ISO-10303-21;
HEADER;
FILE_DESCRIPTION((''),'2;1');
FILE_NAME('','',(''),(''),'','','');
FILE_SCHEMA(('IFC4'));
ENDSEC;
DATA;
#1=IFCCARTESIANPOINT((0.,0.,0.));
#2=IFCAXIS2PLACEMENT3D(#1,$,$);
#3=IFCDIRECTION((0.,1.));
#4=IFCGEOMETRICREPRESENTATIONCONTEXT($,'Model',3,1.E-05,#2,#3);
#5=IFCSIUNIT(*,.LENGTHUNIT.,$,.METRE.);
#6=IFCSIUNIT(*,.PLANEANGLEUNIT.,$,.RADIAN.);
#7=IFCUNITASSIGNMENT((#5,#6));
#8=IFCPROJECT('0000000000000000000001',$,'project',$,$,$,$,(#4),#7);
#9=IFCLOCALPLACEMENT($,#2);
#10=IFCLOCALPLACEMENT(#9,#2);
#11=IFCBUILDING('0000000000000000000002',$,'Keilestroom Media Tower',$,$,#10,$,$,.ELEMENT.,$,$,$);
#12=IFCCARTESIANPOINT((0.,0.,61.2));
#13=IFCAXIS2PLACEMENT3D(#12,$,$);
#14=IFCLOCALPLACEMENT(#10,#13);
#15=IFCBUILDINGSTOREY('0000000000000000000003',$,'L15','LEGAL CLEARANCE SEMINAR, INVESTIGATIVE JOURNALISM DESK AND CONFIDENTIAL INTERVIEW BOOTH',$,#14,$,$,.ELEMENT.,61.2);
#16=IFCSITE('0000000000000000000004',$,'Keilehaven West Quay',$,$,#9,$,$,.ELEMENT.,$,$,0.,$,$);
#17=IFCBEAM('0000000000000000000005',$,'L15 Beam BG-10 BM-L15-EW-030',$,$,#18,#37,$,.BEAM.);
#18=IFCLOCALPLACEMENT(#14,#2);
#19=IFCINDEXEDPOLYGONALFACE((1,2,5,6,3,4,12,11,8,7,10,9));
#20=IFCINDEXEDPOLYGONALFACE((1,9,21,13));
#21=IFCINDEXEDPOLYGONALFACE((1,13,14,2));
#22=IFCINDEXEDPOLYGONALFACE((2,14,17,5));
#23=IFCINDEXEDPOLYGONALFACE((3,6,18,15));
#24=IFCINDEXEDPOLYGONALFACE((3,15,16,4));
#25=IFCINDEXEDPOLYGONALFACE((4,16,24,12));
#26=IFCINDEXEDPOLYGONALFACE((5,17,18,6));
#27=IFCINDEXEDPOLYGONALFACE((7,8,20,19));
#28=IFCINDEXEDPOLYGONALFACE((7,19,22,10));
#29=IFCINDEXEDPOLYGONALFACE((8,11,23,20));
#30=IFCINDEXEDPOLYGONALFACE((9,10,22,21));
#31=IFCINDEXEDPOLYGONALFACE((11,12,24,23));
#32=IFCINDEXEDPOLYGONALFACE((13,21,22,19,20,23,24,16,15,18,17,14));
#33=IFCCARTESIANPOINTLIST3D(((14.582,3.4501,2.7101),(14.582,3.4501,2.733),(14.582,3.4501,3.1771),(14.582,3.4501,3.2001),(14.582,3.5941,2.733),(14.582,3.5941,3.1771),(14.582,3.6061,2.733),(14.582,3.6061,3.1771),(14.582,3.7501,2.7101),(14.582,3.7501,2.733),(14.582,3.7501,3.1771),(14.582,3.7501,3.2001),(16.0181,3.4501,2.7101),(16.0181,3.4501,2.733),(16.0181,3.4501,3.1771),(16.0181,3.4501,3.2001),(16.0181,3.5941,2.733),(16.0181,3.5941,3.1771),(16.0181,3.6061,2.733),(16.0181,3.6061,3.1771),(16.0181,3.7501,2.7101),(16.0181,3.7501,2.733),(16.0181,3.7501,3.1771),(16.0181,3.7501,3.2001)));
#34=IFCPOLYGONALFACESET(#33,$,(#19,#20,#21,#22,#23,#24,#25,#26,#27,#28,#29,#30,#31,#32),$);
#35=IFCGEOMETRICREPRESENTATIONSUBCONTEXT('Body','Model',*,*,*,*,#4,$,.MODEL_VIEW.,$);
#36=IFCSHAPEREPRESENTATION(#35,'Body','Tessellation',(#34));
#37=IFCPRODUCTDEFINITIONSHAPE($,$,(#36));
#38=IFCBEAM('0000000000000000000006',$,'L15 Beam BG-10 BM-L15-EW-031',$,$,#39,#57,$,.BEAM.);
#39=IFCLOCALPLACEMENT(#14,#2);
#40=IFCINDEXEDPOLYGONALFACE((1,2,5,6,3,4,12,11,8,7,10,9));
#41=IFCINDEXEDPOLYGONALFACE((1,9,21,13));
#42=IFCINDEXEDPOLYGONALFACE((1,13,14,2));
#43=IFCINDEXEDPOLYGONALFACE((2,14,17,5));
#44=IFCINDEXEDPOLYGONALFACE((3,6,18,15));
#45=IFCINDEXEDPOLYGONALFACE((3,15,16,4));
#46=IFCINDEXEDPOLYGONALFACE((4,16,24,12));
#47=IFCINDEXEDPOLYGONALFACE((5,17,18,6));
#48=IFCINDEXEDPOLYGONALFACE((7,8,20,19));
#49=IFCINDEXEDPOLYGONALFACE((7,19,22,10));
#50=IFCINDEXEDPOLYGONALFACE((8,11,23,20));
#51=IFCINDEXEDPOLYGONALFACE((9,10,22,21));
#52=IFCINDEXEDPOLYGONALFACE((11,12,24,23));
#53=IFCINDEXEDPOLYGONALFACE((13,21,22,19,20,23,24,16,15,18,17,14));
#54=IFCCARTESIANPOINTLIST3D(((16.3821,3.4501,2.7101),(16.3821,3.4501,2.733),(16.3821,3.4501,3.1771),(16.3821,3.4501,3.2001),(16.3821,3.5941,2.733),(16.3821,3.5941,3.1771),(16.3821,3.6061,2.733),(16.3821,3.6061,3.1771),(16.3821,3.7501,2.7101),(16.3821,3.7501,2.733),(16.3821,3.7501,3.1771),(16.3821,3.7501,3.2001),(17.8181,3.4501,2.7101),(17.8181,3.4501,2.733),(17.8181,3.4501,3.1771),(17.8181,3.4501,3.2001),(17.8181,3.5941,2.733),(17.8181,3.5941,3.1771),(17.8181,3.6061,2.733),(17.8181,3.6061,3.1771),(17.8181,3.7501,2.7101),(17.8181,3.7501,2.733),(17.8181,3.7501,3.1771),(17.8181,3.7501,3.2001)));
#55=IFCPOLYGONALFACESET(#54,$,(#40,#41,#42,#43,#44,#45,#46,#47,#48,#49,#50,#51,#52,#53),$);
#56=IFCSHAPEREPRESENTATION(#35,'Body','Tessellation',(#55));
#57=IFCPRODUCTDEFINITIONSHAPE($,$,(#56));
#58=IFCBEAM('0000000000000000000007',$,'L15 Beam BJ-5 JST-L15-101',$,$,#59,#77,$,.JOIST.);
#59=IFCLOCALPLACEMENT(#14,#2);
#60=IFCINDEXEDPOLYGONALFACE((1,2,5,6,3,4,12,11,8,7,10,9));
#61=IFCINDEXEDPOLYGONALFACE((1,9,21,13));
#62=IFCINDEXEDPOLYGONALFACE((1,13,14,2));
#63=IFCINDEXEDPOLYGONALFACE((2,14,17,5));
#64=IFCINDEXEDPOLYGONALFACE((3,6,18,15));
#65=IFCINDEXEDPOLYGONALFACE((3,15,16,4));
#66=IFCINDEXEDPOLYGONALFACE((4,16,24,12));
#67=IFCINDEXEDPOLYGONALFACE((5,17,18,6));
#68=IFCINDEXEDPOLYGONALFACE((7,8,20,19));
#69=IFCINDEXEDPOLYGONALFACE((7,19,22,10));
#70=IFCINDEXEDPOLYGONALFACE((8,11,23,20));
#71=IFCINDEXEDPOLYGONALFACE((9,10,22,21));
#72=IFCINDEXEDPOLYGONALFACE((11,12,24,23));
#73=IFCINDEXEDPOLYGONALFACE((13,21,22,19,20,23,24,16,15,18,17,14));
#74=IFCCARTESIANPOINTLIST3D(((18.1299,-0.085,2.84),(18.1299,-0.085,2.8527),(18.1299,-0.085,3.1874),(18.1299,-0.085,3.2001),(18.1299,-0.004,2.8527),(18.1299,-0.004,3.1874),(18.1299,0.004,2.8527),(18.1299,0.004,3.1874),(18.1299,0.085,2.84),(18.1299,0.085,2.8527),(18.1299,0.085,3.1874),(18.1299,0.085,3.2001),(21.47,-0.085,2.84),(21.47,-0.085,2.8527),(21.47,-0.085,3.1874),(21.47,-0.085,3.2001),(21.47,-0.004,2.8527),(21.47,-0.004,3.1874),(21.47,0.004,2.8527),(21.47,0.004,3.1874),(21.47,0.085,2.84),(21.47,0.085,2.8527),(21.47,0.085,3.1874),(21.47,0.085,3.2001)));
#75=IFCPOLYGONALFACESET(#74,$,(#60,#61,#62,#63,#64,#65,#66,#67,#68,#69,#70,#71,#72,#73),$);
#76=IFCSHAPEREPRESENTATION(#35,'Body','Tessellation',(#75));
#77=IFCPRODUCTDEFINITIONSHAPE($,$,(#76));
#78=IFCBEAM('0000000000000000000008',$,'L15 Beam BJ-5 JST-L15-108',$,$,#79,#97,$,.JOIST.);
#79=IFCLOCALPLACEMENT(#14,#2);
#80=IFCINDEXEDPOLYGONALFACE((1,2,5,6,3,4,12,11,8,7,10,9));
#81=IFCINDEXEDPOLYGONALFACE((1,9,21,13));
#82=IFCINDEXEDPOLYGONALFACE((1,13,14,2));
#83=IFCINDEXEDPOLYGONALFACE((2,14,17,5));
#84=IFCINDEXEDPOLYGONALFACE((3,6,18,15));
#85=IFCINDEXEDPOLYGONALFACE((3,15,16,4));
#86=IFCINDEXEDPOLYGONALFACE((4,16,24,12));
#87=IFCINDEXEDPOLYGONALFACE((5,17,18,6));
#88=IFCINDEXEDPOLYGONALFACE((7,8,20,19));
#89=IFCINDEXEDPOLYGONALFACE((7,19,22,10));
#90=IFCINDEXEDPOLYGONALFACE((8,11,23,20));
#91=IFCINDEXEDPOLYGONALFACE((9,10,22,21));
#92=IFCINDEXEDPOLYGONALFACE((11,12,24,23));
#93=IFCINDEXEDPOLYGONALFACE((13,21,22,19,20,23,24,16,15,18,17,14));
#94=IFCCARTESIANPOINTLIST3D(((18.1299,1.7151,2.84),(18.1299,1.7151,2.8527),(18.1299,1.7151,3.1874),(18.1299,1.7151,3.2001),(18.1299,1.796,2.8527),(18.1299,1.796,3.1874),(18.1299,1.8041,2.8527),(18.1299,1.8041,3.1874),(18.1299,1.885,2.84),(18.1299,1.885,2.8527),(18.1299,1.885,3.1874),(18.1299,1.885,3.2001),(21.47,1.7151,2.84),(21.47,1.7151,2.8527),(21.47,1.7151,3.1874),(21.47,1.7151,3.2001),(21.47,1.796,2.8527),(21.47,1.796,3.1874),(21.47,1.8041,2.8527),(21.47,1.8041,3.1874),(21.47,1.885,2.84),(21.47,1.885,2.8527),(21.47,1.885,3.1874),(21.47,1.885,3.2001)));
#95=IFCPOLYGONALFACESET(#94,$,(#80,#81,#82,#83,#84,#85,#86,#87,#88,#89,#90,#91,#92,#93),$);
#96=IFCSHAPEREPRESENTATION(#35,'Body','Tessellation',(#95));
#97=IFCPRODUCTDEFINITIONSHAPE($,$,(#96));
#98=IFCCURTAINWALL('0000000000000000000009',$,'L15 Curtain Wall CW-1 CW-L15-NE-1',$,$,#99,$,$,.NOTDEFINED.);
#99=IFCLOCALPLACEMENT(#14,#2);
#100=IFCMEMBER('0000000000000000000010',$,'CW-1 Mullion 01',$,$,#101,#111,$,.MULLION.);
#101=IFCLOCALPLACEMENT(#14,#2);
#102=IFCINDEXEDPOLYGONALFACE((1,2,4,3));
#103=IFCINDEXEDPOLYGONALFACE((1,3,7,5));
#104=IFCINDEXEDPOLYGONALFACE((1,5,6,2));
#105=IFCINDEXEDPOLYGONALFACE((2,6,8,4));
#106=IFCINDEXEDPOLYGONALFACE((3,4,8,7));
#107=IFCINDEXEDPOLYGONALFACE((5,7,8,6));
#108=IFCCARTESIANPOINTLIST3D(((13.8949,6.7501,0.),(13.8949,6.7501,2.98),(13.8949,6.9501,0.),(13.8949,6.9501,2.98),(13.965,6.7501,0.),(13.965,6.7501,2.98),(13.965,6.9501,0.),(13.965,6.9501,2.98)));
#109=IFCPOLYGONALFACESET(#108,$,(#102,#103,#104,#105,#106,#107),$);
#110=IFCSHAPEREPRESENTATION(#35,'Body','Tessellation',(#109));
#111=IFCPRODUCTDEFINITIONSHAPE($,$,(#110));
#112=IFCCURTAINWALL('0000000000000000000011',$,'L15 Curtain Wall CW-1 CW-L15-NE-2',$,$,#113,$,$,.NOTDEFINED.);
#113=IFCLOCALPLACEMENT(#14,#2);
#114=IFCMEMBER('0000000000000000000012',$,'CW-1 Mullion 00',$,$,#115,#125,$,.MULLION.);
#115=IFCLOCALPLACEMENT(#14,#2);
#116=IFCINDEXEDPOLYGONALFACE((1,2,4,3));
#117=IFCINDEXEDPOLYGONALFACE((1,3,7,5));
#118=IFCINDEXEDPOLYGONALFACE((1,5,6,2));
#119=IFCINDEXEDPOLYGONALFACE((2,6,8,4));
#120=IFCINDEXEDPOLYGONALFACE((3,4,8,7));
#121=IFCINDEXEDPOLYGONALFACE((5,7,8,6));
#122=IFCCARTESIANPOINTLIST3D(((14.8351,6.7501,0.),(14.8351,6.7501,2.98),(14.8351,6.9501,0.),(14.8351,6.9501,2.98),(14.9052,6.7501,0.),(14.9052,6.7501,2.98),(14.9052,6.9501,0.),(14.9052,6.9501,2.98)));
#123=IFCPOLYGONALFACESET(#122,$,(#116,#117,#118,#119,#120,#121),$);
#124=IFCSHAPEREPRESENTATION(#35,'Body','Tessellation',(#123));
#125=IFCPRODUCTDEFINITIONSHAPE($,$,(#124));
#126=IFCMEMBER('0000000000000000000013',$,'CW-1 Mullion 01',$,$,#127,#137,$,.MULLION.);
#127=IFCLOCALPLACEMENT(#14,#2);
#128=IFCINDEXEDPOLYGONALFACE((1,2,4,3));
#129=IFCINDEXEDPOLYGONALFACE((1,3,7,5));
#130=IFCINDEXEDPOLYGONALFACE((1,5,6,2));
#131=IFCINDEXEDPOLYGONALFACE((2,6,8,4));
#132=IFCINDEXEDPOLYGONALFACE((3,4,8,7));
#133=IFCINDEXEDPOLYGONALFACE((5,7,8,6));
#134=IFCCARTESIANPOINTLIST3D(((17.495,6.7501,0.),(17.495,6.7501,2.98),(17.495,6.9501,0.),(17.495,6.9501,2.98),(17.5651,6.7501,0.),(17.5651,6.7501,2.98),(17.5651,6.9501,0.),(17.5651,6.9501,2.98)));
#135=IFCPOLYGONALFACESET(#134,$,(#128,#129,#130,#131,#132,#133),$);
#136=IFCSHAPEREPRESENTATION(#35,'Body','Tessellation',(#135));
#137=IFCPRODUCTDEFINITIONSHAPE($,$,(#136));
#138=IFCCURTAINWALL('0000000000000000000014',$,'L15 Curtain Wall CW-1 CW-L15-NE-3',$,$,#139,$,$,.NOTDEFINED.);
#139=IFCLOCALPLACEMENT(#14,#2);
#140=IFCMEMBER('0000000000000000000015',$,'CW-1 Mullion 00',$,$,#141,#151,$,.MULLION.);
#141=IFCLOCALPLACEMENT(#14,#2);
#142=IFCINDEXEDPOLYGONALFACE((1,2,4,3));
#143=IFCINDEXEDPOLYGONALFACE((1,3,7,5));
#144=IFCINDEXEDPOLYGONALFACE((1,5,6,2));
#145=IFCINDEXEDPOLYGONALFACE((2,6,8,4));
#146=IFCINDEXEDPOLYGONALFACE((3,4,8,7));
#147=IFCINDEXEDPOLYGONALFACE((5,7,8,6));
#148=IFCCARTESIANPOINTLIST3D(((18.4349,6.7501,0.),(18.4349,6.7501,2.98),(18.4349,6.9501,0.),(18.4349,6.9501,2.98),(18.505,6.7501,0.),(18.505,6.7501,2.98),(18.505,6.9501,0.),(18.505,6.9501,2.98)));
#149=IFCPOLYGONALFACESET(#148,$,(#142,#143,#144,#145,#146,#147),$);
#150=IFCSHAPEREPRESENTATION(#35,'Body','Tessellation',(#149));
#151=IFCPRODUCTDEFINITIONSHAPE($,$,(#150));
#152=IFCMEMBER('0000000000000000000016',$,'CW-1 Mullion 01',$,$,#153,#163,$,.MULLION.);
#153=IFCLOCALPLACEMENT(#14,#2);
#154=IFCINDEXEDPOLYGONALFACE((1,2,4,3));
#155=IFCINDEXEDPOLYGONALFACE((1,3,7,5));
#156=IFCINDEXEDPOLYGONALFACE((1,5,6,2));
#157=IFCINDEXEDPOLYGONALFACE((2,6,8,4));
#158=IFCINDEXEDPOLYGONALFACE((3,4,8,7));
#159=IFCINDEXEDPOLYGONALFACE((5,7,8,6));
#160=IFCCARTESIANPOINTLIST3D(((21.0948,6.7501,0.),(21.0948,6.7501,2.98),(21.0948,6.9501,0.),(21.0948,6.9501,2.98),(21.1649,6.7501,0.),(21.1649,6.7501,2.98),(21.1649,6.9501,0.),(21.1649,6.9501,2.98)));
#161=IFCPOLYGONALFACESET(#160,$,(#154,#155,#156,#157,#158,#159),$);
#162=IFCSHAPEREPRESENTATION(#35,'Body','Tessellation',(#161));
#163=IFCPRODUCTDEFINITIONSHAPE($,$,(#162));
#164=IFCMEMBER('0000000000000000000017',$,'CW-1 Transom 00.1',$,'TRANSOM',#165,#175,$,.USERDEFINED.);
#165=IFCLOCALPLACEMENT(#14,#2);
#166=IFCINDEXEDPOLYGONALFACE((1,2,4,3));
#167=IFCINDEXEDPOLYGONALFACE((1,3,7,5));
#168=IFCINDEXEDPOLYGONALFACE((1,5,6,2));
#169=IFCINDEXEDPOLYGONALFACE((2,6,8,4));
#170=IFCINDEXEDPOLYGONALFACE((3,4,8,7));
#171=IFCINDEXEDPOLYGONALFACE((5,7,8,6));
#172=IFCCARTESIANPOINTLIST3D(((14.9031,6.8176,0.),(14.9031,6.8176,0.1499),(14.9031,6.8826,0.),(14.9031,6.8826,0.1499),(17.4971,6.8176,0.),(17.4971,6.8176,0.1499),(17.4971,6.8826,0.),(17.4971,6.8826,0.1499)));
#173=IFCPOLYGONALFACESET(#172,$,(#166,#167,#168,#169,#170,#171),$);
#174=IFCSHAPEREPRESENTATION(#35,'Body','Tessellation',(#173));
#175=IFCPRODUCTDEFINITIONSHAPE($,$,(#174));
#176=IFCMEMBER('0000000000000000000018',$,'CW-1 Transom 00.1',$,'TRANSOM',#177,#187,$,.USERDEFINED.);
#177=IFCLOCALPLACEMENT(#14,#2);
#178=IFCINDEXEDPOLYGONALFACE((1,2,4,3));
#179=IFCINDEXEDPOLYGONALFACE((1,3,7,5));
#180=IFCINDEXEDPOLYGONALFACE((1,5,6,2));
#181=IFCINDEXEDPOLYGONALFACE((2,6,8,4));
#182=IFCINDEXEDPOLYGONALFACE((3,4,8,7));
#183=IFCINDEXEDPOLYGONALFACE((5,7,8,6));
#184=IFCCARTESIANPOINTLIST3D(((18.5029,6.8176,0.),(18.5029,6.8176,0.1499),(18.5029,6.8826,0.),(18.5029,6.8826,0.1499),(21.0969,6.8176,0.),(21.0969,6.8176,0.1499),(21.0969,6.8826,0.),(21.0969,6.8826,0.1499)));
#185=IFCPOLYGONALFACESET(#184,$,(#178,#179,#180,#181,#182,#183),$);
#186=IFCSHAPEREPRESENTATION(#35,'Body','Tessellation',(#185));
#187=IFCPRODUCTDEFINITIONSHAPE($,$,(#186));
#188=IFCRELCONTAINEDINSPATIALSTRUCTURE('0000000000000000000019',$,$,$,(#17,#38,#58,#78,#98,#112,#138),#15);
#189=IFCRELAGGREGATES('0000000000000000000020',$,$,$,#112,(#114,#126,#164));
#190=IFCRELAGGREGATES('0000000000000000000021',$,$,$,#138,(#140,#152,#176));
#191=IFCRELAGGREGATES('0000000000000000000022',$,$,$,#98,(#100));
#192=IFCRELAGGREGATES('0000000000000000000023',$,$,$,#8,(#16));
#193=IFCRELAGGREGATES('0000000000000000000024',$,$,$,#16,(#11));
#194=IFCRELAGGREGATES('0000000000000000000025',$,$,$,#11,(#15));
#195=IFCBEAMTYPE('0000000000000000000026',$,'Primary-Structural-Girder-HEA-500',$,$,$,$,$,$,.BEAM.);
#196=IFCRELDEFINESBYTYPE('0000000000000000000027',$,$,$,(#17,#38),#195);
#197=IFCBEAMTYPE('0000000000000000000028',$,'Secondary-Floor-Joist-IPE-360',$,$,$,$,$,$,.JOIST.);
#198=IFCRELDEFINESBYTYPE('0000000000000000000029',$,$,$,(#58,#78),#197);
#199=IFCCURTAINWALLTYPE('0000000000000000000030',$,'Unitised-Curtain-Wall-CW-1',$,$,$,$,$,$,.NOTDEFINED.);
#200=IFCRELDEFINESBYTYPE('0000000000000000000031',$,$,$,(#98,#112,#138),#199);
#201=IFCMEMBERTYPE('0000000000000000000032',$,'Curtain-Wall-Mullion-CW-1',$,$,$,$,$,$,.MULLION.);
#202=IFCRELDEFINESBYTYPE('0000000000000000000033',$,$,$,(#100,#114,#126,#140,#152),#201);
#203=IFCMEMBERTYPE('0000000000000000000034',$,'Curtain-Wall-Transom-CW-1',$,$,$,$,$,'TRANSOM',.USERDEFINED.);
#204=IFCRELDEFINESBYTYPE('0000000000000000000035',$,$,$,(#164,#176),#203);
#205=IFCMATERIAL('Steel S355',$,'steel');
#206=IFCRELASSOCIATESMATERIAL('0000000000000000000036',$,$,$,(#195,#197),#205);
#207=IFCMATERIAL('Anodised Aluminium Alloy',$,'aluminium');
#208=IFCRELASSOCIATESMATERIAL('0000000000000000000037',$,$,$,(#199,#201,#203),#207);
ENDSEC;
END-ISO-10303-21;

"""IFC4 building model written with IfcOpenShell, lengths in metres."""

from ifc_helpers import new_model, si_unit, direction, frame, origin, origin_2d, place, context, subcontext, project, spatial, rectangle, i_section, extrude, source, transform, mapped, material, material_profile, profile_set, type_object, element, aggregate, save


model = new_model("IFC4")

# Units and contexts
model_context = context("Model", 3, precision=1e-05, world=origin(), true_north=direction((0.0, 1.0)))
body_context = subcontext(model_context, "Body", "Model", "MODEL_VIEW")
ifc_project = project(units=[si_unit("LENGTHUNIT", "METRE"), si_unit("PLANEANGLEUNIT", "RADIAN")], contexts=[model_context])

# Site, building, storey
site_placement = place(None, origin())
site = spatial("IfcSite", under=ifc_project, at=site_placement, Name="Keilehaven West Quay", CompositionType="ELEMENT", RefElevation=0.0)
building_placement = place(site_placement, origin())
building = spatial("IfcBuilding", under=site, at=building_placement, Name="Keilestroom Media Tower", CompositionType="ELEMENT")
storey_placement = place(building_placement, frame((0.0, 0.0, 61.2)))
storey = spatial("IfcBuildingStorey", under=building, at=storey_placement, Name="L15", Description="LEGAL CLEARANCE SEMINAR, INVESTIGATIVE JOURNALISM DESK AND CONFIDENTIAL INTERVIEW BOOTH", CompositionType="ELEMENT", Elevation=61.2)

# Beams
ifc_material_1 = material(Name="Steel S355", Category="steel")
ifc_material_profile_1 = material_profile(ifc_material_1, i_section(OverallWidth=0.3, OverallDepth=0.49, WebThickness=0.012, FlangeThickness=0.0229, at=origin_2d()), Name="HEA 500")
ifc_profile_set_1 = profile_set([ifc_material_profile_1], Name="Steel S355")
beam_type_1 = type_object("IfcBeamType", Name="Primary-Structural-Girder-HEA-500", PredefinedType="BEAM", material=ifc_profile_set_1)
shared_shape_1 = source(origin(), body_context, "Body", "SweptSolid", [
    extrude(i_section(OverallWidth=0.3, OverallDepth=0.49, WebThickness=0.012, FlangeThickness=0.0229, at=origin_2d()), origin(), (0.0, 0.0, 1.0), 1.436),
])
for number, where, z_axis, x_axis, name in (
    (1, (14.582, 3.6001, 2.9551), (1.0, 0.0, 0.0), (0.0, 1.0, 0.0), "L15 Beam BG-10 BM-L15-EW-030"),
    (2, (16.3821, 3.6001, 2.9551), (1.0, 0.0, 0.0), (0.0, 1.0, 0.0), "L15 Beam BG-10 BM-L15-EW-031"),
):
    element("IfcBeam", number, at=place(storey_placement, frame(where, z_axis=z_axis, x_axis=x_axis)), inside=storey, type_object=beam_type_1, Name=name, PredefinedType="BEAM", context=body_context, shape_type="MappedRepresentation", body=[
        mapped(shared_shape_1, transform((0.0, 0.0, 0.0), x_axis=(1.0, 0.0, 0.0), y_axis=(0.0, 1.0, 0.0), z_axis=(0.0, 0.0, 1.0), scale=1.0)),
    ])
ifc_material_profile_2 = material_profile(ifc_material_1, i_section(OverallWidth=0.1699, OverallDepth=0.3601, WebThickness=0.0081, FlangeThickness=0.0127, at=origin_2d()), Name="IPE 360")
ifc_profile_set_2 = profile_set([ifc_material_profile_2], Name="Steel S355")
beam_type_2 = type_object("IfcBeamType", Name="Secondary-Floor-Joist-IPE-360", PredefinedType="JOIST", material=ifc_profile_set_2)
shared_shape_2 = source(origin(), body_context, "Body", "SweptSolid", [
    extrude(i_section(OverallWidth=0.1699, OverallDepth=0.3601, WebThickness=0.0081, FlangeThickness=0.0127, at=origin_2d()), origin(), (0.0, 0.0, 1.0), 3.3401),
])
for number, where, z_axis, x_axis, name in (
    (3, (18.1299, 0.0, 3.02), (1.0, 0.0, 0.0), (0.0, 1.0, 0.0), "L15 Beam BJ-5 JST-L15-101"),
    (4, (18.1299, 1.8, 3.02), (1.0, 0.0, 0.0), (0.0, 1.0, 0.0), "L15 Beam BJ-5 JST-L15-108"),
):
    element("IfcBeam", number, at=place(storey_placement, frame(where, z_axis=z_axis, x_axis=x_axis)), inside=storey, type_object=beam_type_2, Name=name, PredefinedType="JOIST", context=body_context, shape_type="MappedRepresentation", body=[
        mapped(shared_shape_2, transform((0.0, 0.0, 0.0), x_axis=(1.0, 0.0, 0.0), y_axis=(0.0, 1.0, 0.0), z_axis=(0.0, 0.0, 1.0), scale=1.0)),
    ])

# Curtain wall, member
ifc_material_2 = material(Name="Anodised Aluminium Alloy", Category="aluminium")
curtain_wall_type = type_object("IfcCurtainWallType", Name="Unitised-Curtain-Wall-CW-1", PredefinedType="NOTDEFINED", material=ifc_material_2)
curtain_wall_1_placement = place(storey_placement, origin())
curtain_wall_1 = element("IfcCurtainWall", 5, at=curtain_wall_1_placement, inside=storey, type_object=curtain_wall_type, Name="L15 Curtain Wall CW-1 CW-L15-NE-1", PredefinedType="NOTDEFINED")
ifc_material_profile_3 = material_profile(ifc_material_2, rectangle(XDim=0.0701, YDim=0.2, at=origin_2d()), Name="ALU MULLION 70x200")
ifc_profile_set_3 = profile_set([ifc_material_profile_3], Name="Anodised Aluminium Alloy")
member_type_1 = type_object("IfcMemberType", Name="Curtain-Wall-Mullion-CW-1", PredefinedType="MULLION", material=ifc_profile_set_3)
shared_shape_3 = source(origin(), body_context, "Body", "SweptSolid", [
    extrude(rectangle(XDim=0.0701, YDim=0.2, at=origin_2d()), origin(), (0.0, 0.0, 1.0), 2.98),
])
member_1_placement = place(storey_placement, frame((13.9299, 6.8501, 0.0), z_axis=(0.0, 0.0, 1.0), x_axis=(1.0, 0.0, 0.0)))
member_1 = element("IfcMember", 6, at=member_1_placement, type_object=member_type_1, Name="CW-1 Mullion 01", PredefinedType="MULLION", context=body_context, shape_type="MappedRepresentation", body=[
    mapped(shared_shape_3, transform((0.0, 0.0, 0.0), x_axis=(1.0, 0.0, 0.0), y_axis=(0.0, 1.0, 0.0), z_axis=(0.0, 0.0, 1.0), scale=1.0)),
])

# Curtain walls, members
curtain_wall_2_placement = place(storey_placement, origin())
curtain_wall_2 = element("IfcCurtainWall", 7, at=curtain_wall_2_placement, inside=storey, type_object=curtain_wall_type, Name="L15 Curtain Wall CW-1 CW-L15-NE-2", PredefinedType="NOTDEFINED")
member_2_placement = place(storey_placement, frame((14.8701, 6.8501, 0.0), z_axis=(0.0, 0.0, 1.0), x_axis=(1.0, 0.0, 0.0)))
member_2 = element("IfcMember", 8, at=member_2_placement, type_object=member_type_1, Name="CW-1 Mullion 00", PredefinedType="MULLION", context=body_context, shape_type="MappedRepresentation", body=[
    mapped(shared_shape_3, transform((0.0, 0.0, 0.0), x_axis=(1.0, 0.0, 0.0), y_axis=(0.0, 1.0, 0.0), z_axis=(0.0, 0.0, 1.0), scale=1.0)),
])
member_3_placement = place(storey_placement, frame((17.53, 6.8501, 0.0), z_axis=(0.0, 0.0, 1.0), x_axis=(1.0, 0.0, 0.0)))
member_3 = element("IfcMember", 9, at=member_3_placement, type_object=member_type_1, Name="CW-1 Mullion 01", PredefinedType="MULLION", context=body_context, shape_type="MappedRepresentation", body=[
    mapped(shared_shape_3, transform((0.0, 0.0, 0.0), x_axis=(1.0, 0.0, 0.0), y_axis=(0.0, 1.0, 0.0), z_axis=(0.0, 0.0, 1.0), scale=1.0)),
])
curtain_wall_3_placement = place(storey_placement, origin())
curtain_wall_3 = element("IfcCurtainWall", 10, at=curtain_wall_3_placement, inside=storey, type_object=curtain_wall_type, Name="L15 Curtain Wall CW-1 CW-L15-NE-3", PredefinedType="NOTDEFINED")
member_4_placement = place(storey_placement, frame((18.47, 6.8501, 0.0), z_axis=(0.0, 0.0, 1.0), x_axis=(1.0, 0.0, 0.0)))
member_4 = element("IfcMember", 11, at=member_4_placement, type_object=member_type_1, Name="CW-1 Mullion 00", PredefinedType="MULLION", context=body_context, shape_type="MappedRepresentation", body=[
    mapped(shared_shape_3, transform((0.0, 0.0, 0.0), x_axis=(1.0, 0.0, 0.0), y_axis=(0.0, 1.0, 0.0), z_axis=(0.0, 0.0, 1.0), scale=1.0)),
])
member_5_placement = place(storey_placement, frame((21.1299, 6.8501, 0.0), z_axis=(0.0, 0.0, 1.0), x_axis=(1.0, 0.0, 0.0)))
member_5 = element("IfcMember", 12, at=member_5_placement, type_object=member_type_1, Name="CW-1 Mullion 01", PredefinedType="MULLION", context=body_context, shape_type="MappedRepresentation", body=[
    mapped(shared_shape_3, transform((0.0, 0.0, 0.0), x_axis=(1.0, 0.0, 0.0), y_axis=(0.0, 1.0, 0.0), z_axis=(0.0, 0.0, 1.0), scale=1.0)),
])

# Members
ifc_material_profile_4 = material_profile(ifc_material_2, rectangle(XDim=0.0649, YDim=0.1499, at=origin_2d()), Name="ALU TRANSOM 65x150")
ifc_profile_set_4 = profile_set([ifc_material_profile_4], Name="Anodised Aluminium Alloy")
member_type_2 = type_object("IfcMemberType", Name="Curtain-Wall-Transom-CW-1", ElementType="TRANSOM", PredefinedType="USERDEFINED", material=ifc_profile_set_4)
shared_shape_4 = source(origin(), body_context, "Body", "SweptSolid", [
    extrude(rectangle(XDim=0.0649, YDim=0.1499, at=origin_2d()), origin(), (0.0, 0.0, 1.0), 2.594),
])
member_6_placement = place(storey_placement, frame((14.9031, 6.8501, 0.075), z_axis=(1.0, 0.0, 0.0), x_axis=(0.0, 1.0, 0.0)))
member_6 = element("IfcMember", 13, at=member_6_placement, type_object=member_type_2, Name="CW-1 Transom 00.1", ObjectType="TRANSOM", PredefinedType="USERDEFINED", context=body_context, shape_type="MappedRepresentation", body=[
    mapped(shared_shape_4, transform((0.0, 0.0, 0.0), x_axis=(1.0, 0.0, 0.0), y_axis=(0.0, 1.0, 0.0), z_axis=(0.0, 0.0, 1.0), scale=1.0)),
])
member_7_placement = place(storey_placement, frame((18.5029, 6.8501, 0.075), z_axis=(1.0, 0.0, 0.0), x_axis=(0.0, 1.0, 0.0)))
member_7 = element("IfcMember", 14, at=member_7_placement, type_object=member_type_2, Name="CW-1 Transom 00.1", ObjectType="TRANSOM", PredefinedType="USERDEFINED", context=body_context, shape_type="MappedRepresentation", body=[
    mapped(shared_shape_4, transform((0.0, 0.0, 0.0), x_axis=(1.0, 0.0, 0.0), y_axis=(0.0, 1.0, 0.0), z_axis=(0.0, 0.0, 1.0), scale=1.0)),
])

aggregate(curtain_wall_2, [member_2, member_3, member_6])
aggregate(curtain_wall_3, [member_4, member_5, member_7])
aggregate(curtain_wall_1, [member_1])

save(model, "model.ifc")
